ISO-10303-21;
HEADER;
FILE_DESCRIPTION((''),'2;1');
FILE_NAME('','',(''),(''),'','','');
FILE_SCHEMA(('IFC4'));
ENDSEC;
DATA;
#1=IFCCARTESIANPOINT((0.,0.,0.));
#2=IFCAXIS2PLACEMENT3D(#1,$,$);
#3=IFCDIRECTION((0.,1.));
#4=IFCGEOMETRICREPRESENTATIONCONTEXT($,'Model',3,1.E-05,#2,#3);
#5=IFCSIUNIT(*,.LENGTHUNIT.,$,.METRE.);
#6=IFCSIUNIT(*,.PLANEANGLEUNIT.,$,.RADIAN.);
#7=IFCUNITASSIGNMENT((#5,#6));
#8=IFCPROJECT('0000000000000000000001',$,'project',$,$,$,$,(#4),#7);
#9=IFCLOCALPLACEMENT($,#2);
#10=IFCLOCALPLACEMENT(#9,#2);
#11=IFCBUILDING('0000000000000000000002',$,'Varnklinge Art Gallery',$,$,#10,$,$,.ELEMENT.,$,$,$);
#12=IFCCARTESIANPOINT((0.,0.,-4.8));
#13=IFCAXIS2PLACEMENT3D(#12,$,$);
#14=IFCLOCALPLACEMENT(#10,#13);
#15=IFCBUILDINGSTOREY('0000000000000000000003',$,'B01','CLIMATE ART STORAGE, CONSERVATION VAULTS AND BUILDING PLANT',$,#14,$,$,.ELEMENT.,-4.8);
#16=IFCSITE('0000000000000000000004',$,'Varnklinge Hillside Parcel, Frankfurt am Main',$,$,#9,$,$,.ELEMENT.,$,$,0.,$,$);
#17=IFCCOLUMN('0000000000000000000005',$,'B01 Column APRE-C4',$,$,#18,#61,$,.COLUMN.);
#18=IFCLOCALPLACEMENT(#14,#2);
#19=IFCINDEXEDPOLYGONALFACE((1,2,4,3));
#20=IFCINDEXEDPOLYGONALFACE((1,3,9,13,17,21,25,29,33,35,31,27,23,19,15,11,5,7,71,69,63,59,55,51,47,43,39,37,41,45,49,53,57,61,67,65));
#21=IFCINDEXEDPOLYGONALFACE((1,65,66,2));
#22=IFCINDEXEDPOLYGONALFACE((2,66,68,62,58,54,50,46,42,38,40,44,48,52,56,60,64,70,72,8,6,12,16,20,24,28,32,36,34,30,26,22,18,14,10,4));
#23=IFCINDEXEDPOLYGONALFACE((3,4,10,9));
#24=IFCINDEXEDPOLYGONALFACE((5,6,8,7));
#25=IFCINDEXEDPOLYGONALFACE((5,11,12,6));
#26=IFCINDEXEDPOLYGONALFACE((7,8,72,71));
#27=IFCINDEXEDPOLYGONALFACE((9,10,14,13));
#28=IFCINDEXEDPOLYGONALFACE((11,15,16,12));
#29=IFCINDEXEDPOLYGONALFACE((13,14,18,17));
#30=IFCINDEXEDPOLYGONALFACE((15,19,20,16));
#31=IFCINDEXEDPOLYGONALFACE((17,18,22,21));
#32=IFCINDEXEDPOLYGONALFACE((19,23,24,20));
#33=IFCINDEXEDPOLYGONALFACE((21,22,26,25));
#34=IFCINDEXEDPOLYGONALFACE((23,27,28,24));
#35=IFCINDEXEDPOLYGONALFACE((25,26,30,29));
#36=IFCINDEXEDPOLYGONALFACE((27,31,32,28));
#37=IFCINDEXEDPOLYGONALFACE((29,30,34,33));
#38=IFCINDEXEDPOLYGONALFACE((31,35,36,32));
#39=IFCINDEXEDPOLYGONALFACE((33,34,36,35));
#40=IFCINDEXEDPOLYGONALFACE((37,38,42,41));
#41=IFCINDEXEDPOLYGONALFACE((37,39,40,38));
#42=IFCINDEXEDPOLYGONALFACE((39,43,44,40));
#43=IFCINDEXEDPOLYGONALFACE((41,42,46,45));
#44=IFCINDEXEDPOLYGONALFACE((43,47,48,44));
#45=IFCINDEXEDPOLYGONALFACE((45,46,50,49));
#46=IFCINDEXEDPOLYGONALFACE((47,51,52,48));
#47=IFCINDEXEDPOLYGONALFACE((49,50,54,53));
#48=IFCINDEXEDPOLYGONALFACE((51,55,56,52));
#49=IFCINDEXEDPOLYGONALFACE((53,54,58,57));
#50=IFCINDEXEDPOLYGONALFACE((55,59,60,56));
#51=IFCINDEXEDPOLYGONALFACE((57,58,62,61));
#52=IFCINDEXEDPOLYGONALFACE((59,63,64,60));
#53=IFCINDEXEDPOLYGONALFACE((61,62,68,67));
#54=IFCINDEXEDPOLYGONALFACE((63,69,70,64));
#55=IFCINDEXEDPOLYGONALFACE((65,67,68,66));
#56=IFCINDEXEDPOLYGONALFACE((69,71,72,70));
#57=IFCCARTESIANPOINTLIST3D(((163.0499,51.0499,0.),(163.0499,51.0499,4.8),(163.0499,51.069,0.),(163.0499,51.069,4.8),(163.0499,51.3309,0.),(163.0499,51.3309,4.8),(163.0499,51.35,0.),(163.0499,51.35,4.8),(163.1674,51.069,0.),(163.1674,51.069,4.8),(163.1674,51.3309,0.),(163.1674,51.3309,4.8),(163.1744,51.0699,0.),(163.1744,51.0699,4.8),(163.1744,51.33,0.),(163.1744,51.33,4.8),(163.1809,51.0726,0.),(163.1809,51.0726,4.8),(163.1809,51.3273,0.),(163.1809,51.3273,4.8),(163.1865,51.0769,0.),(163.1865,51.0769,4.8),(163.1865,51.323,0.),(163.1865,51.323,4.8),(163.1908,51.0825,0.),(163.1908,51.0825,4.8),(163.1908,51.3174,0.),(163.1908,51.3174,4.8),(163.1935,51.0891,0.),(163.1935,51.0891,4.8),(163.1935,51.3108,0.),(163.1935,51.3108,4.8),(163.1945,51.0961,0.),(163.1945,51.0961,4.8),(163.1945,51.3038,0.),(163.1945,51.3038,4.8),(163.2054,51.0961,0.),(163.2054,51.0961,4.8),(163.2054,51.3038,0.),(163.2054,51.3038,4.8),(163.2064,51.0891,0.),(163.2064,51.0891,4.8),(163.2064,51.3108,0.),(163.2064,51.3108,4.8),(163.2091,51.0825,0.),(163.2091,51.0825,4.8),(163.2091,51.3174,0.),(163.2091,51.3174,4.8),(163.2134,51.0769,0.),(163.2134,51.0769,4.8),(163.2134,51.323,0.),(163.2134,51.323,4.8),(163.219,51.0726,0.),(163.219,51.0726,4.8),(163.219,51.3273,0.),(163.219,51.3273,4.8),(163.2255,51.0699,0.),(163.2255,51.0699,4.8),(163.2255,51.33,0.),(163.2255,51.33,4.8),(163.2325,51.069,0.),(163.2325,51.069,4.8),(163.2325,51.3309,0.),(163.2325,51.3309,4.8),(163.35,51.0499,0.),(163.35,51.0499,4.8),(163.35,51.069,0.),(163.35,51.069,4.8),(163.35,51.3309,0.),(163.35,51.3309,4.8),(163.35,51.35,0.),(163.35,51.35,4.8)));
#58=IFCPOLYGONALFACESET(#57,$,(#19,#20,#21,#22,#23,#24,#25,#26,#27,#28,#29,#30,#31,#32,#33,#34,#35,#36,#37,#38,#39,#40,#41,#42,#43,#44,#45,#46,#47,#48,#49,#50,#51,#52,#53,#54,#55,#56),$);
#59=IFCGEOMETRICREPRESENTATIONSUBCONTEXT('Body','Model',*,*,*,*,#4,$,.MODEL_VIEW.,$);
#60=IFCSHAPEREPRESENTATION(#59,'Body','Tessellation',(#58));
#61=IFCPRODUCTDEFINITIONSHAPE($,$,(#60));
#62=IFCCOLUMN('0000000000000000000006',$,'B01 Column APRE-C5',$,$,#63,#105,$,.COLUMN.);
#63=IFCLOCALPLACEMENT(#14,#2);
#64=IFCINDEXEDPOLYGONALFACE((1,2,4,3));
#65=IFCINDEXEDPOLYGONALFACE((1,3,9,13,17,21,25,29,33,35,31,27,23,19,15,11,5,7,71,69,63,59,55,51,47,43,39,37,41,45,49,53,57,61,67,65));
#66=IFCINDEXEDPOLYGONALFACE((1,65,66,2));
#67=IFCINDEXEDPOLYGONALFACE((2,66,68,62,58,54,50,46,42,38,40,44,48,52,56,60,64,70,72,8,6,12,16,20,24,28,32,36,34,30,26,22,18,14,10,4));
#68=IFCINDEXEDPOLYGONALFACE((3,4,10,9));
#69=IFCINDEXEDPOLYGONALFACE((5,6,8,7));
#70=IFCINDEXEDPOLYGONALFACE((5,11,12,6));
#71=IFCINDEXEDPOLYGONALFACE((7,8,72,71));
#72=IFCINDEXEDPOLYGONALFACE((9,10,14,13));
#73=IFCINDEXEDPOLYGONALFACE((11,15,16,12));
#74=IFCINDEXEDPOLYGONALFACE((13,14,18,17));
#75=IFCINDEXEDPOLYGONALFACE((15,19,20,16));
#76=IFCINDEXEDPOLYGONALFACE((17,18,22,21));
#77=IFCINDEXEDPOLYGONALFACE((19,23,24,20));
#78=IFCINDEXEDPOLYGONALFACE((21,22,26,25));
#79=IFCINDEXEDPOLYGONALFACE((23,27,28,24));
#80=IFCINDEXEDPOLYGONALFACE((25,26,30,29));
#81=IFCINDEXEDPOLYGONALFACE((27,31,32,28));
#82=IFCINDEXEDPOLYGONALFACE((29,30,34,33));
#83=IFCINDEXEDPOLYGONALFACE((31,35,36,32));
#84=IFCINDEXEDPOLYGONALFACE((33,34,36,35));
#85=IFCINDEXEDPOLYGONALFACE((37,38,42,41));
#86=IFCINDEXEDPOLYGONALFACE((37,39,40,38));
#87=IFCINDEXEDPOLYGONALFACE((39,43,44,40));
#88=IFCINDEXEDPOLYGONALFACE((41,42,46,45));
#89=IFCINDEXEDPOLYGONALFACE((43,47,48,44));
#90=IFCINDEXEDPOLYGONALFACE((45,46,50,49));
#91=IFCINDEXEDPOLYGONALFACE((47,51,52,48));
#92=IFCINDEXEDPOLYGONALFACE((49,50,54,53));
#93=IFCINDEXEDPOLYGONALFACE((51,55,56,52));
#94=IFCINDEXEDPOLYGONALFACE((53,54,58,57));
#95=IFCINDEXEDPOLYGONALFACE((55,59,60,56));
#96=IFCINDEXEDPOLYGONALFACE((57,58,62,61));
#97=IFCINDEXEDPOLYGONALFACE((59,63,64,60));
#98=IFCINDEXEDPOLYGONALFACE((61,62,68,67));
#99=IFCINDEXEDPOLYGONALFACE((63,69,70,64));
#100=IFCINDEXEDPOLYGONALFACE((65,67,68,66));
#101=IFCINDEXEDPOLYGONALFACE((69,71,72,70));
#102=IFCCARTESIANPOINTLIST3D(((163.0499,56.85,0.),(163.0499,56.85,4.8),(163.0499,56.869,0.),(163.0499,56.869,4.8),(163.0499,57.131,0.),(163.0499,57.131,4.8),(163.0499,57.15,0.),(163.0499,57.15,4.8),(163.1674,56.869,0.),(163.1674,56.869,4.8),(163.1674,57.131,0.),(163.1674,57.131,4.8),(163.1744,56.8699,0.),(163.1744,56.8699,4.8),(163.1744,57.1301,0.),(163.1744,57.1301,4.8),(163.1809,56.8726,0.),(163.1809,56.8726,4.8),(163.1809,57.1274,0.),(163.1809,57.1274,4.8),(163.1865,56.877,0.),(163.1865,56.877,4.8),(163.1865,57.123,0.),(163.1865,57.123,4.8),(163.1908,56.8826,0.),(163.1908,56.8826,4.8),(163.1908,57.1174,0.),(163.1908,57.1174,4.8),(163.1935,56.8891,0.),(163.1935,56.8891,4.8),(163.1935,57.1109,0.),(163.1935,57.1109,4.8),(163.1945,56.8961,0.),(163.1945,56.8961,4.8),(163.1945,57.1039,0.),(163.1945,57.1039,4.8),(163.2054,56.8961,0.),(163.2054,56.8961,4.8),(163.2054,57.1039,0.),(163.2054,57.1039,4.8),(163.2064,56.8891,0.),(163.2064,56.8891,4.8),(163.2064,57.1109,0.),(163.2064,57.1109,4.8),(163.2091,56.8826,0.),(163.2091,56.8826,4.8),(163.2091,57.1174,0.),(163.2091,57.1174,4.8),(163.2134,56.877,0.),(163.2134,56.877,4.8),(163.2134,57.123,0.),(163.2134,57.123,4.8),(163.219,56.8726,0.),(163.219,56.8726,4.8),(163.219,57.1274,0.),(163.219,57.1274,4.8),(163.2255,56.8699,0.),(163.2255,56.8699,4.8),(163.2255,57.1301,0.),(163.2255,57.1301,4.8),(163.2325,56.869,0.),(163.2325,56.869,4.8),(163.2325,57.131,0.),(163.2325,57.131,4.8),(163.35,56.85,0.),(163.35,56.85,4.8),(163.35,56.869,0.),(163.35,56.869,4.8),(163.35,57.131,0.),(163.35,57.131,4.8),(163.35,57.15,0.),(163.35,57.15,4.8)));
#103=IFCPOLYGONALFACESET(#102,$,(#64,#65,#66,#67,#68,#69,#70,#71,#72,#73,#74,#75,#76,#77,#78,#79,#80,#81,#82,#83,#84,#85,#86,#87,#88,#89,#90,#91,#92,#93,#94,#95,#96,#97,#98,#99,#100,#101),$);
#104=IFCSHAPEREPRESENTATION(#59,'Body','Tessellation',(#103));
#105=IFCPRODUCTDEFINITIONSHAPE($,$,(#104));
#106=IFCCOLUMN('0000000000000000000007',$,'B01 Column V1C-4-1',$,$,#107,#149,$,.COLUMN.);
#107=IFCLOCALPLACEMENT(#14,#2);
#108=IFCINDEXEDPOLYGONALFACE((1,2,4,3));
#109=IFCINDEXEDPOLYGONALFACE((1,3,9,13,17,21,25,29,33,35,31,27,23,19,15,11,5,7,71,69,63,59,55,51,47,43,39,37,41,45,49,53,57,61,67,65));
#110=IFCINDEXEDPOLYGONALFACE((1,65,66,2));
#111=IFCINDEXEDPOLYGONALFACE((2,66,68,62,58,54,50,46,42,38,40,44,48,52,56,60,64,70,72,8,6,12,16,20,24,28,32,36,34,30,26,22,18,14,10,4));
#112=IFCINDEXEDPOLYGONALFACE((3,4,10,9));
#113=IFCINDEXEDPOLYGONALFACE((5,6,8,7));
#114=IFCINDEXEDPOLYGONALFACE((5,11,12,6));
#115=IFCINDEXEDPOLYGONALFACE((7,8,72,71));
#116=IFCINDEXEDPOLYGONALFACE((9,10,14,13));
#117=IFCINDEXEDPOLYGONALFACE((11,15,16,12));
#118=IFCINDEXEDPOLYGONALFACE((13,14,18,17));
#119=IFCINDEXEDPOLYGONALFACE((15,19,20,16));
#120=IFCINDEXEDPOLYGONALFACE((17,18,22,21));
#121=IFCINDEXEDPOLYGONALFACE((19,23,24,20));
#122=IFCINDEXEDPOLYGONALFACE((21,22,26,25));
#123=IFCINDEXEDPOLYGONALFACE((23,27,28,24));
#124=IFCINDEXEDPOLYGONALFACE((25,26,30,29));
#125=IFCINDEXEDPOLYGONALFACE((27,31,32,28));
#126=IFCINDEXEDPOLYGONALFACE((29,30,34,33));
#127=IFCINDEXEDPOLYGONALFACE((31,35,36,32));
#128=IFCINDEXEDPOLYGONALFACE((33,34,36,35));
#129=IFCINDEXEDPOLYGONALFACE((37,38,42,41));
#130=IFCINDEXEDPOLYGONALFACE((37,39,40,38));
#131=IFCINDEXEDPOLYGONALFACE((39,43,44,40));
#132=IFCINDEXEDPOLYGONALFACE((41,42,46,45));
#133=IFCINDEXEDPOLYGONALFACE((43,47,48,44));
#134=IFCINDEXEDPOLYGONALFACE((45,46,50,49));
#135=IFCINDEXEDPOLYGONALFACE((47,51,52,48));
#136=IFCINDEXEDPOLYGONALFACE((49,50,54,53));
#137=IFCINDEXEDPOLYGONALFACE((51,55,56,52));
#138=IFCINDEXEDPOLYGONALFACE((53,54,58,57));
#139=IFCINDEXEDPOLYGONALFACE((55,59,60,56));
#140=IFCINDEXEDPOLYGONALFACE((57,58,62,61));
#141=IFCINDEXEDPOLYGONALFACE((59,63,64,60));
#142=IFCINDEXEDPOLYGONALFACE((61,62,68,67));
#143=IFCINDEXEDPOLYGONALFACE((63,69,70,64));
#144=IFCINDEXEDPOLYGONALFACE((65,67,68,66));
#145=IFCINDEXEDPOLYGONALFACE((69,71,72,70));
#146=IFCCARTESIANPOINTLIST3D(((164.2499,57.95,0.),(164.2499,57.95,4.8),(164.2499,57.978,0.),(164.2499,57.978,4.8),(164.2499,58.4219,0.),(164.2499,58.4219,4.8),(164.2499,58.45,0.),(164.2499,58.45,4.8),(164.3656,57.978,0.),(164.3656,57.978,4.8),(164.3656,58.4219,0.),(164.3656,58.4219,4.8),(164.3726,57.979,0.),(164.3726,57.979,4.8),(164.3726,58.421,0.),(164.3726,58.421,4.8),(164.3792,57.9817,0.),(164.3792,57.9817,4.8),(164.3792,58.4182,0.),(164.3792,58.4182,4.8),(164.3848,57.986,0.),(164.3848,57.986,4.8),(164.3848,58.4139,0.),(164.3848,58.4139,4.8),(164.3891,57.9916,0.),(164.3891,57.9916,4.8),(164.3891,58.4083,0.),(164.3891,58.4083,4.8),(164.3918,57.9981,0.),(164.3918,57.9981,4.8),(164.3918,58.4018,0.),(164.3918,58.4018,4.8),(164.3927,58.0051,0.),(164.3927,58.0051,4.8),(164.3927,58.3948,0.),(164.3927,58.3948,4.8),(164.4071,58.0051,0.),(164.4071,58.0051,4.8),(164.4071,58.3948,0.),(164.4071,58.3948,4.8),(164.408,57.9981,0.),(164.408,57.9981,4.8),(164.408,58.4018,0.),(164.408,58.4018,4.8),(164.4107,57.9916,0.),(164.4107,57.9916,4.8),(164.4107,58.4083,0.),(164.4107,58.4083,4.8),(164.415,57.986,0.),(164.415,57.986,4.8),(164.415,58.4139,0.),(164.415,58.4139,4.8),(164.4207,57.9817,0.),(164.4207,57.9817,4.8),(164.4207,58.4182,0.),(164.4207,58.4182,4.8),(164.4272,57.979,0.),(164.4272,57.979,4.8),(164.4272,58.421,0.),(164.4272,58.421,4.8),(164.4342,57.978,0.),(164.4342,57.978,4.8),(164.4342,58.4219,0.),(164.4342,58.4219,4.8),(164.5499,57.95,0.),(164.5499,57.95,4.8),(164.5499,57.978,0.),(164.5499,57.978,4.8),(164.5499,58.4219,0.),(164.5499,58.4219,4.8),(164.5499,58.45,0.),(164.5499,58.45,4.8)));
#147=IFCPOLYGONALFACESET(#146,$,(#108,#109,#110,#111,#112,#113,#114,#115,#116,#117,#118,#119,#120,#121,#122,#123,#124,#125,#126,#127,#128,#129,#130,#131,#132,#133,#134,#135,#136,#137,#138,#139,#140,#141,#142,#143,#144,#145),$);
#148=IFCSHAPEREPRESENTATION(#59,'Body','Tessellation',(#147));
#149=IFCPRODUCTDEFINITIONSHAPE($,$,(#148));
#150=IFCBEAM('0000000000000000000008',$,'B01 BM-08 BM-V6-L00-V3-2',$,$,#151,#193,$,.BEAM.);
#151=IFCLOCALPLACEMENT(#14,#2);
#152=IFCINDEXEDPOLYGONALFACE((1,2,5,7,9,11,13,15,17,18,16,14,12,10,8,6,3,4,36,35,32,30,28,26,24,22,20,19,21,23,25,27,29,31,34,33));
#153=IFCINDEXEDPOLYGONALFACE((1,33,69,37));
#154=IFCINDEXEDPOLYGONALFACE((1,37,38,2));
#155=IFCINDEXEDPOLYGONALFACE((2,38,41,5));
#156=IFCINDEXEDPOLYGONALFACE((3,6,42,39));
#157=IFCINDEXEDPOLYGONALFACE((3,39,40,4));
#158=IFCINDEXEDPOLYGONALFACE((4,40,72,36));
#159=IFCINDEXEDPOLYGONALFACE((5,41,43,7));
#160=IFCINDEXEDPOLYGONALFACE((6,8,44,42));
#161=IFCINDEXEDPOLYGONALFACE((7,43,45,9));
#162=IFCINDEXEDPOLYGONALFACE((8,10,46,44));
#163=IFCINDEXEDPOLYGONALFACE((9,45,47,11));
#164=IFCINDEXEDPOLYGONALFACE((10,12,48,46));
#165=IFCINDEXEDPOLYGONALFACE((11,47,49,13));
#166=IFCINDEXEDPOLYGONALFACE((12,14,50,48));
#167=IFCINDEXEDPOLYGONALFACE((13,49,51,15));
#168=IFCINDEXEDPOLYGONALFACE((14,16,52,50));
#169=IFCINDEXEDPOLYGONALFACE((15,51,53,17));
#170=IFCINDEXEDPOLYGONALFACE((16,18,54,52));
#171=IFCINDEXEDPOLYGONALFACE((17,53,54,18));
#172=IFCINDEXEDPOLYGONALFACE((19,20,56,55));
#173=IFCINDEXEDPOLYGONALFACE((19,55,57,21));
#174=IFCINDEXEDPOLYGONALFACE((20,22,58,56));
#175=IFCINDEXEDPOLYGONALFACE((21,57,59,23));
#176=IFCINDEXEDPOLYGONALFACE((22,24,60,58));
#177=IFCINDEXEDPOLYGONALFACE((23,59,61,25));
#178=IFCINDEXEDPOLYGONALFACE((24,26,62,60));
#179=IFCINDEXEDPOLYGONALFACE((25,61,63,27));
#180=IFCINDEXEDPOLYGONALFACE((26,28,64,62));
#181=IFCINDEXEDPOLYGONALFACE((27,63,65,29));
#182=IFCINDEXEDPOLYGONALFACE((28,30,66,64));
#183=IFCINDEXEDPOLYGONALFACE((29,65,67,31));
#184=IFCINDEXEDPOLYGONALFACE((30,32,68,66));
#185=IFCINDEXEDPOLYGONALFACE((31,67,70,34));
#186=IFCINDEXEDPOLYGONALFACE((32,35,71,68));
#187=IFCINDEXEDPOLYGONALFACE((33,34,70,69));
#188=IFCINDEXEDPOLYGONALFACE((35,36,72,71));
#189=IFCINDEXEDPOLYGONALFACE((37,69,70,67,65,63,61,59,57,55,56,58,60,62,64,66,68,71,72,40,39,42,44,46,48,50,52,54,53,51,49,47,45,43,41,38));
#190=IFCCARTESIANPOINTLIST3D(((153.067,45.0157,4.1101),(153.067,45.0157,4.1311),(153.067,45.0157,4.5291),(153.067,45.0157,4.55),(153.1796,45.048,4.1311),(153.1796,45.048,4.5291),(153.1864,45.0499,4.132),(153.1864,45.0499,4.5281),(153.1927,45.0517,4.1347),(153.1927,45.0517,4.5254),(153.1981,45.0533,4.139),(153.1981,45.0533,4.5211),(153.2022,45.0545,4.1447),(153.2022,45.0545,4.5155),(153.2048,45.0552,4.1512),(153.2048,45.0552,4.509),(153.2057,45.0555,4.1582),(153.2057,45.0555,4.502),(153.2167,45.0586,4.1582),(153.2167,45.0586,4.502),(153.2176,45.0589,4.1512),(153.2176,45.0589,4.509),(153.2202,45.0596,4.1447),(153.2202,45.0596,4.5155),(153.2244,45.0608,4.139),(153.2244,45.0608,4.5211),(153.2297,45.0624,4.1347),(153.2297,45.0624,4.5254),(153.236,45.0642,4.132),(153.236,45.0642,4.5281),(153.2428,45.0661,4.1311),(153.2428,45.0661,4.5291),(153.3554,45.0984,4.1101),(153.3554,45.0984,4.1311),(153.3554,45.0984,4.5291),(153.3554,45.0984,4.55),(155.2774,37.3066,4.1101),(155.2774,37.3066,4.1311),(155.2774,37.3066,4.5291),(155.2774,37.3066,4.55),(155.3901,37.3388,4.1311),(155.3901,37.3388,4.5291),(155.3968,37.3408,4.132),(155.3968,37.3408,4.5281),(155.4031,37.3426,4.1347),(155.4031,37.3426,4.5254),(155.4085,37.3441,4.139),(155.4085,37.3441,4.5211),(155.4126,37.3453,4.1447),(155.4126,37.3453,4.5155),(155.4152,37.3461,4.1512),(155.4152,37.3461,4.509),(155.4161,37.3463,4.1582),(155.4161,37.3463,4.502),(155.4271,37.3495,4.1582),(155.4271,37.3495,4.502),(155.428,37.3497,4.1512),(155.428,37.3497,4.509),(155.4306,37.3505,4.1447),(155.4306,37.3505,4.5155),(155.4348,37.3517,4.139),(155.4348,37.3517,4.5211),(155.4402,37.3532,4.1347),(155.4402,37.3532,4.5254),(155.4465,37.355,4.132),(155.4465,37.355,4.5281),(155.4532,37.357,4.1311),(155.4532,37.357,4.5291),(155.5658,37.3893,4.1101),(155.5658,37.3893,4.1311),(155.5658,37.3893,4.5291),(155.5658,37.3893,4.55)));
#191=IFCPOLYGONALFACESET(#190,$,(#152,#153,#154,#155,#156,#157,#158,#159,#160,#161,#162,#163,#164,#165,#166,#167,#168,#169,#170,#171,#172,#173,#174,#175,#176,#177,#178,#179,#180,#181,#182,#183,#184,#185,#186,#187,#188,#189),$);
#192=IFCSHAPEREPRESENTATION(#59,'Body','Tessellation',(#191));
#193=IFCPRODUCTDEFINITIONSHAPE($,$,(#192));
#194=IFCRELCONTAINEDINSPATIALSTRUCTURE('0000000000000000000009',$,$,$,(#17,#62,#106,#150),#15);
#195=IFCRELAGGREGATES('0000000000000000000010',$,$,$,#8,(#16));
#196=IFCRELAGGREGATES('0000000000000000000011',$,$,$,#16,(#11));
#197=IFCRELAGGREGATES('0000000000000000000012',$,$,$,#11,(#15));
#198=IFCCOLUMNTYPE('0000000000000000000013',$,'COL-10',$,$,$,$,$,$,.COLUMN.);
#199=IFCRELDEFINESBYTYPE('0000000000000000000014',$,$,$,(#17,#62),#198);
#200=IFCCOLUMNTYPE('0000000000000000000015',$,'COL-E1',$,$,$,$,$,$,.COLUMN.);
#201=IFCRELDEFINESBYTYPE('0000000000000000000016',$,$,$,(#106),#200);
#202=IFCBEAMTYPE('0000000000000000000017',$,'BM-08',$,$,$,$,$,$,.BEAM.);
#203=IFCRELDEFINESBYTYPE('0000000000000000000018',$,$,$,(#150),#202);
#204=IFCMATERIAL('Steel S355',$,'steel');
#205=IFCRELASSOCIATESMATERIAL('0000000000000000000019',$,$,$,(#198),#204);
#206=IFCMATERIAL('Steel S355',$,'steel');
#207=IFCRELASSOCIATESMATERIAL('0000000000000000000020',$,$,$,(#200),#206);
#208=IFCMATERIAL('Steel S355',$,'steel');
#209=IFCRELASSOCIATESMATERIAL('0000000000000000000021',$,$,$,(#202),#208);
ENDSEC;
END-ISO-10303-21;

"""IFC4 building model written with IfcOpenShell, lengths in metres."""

from ifc_helpers import new_model, si_unit, direction, frame, origin, origin_2d, place, context, subcontext, project, spatial, i_section, extrude, material, material_profile, profile_set, type_object, element, save


model = new_model("IFC4")

# Units and contexts
model_context = context("Model", 3, precision=1e-05, world=origin(), true_north=direction((0.0, 1.0)))
body_context = subcontext(model_context, "Body", "Model", "MODEL_VIEW")
ifc_project = project(units=[si_unit("LENGTHUNIT", "METRE"), si_unit("PLANEANGLEUNIT", "RADIAN")], contexts=[model_context])

# Site, building, storey
site_placement = place(None, origin())
site = spatial("IfcSite", under=ifc_project, at=site_placement, Name="Varnklinge Hillside Parcel, Frankfurt am Main", CompositionType="ELEMENT", RefElevation=0.0)
building_placement = place(site_placement, origin())
building = spatial("IfcBuilding", under=site, at=building_placement, Name="Varnklinge Art Gallery", CompositionType="ELEMENT")
storey_placement = place(building_placement, frame((0.0, 0.0, -4.8)))
storey = spatial("IfcBuildingStorey", under=building, at=storey_placement, Name="B01", Description="CLIMATE ART STORAGE, CONSERVATION VAULTS AND BUILDING PLANT", CompositionType="ELEMENT", Elevation=-4.8)

# Columns
ifc_material_1 = material(Name="Steel S355", Category="steel")
ifc_material_profile_1 = material_profile(ifc_material_1, i_section(OverallWidth=0.3, OverallDepth=0.3, WebThickness=0.011, FlangeThickness=0.019, FilletRadius=0.0271, at=origin_2d()), Name="HEB 300")
ifc_profile_set_1 = profile_set([ifc_material_profile_1], Name="Steel S355")
column_type_1 = type_object("IfcColumnType", Name="COL-10", PredefinedType="COLUMN", material=ifc_profile_set_1)
for number, where, z_axis, x_axis, name in (
    (1, (163.2, 51.2, 0.0), (0.0, 0.0, 1.0), (1.0, 0.0, 0.0), "B01 Column APRE-C4"),
    (2, (163.2, 57.0, 0.0), (0.0, 0.0, 1.0), (1.0, 0.0, 0.0), "B01 Column APRE-C5"),
):
    element("IfcColumn", number, at=place(storey_placement, frame(where, z_axis=z_axis, x_axis=x_axis)), inside=storey, type_object=column_type_1, Name=name, PredefinedType="COLUMN", context=body_context, shape_type="SweptSolid", body=[
        extrude(i_section(OverallWidth=0.3, OverallDepth=0.3, WebThickness=0.011, FlangeThickness=0.019, FilletRadius=0.0271, at=origin_2d()), origin(), (0.0, 0.0, 1.0), 4.8),
    ])
ifc_material_2 = material(Name="Steel S355", Category="steel")
ifc_material_profile_2 = material_profile(ifc_material_2, i_section(OverallWidth=0.3, OverallDepth=0.5, WebThickness=0.0144, FlangeThickness=0.0281, FilletRadius=0.0271, at=origin_2d()), Name="HEB 500")
ifc_profile_set_2 = profile_set([ifc_material_profile_2], Name="Steel S355")
column_type_2 = type_object("IfcColumnType", Name="COL-E1", PredefinedType="COLUMN", material=ifc_profile_set_2)
column_1_placement = place(storey_placement, frame((164.3999, 58.2, 0.0), z_axis=(0.0, 0.0, 1.0), x_axis=(1.0, 0.0, 0.0)))
element("IfcColumn", 3, at=column_1_placement, inside=storey, type_object=column_type_2, Name="B01 Column V1C-4-1", PredefinedType="COLUMN", context=body_context, shape_type="SweptSolid", body=[
    extrude(i_section(OverallWidth=0.3, OverallDepth=0.5, WebThickness=0.0144, FlangeThickness=0.0281, FilletRadius=0.0271, at=origin_2d()), origin(), (0.0, 0.0, 1.0), 4.8),
])

# Beam
ifc_material_3 = material(Name="Steel S355", Category="steel")
ifc_material_profile_3 = material_profile(ifc_material_3, i_section(OverallWidth=0.3, OverallDepth=0.4399, WebThickness=0.0115, FlangeThickness=0.021, FilletRadius=0.0271, at=origin_2d()), Name="HEA 450")
ifc_profile_set_3 = profile_set([ifc_material_profile_3], Name="Steel S355")
beam_type_1 = type_object("IfcBeamType", Name="BM-08", PredefinedType="BEAM", material=ifc_profile_set_3)
beam_1_placement = place(storey_placement, frame((155.4216, 37.3479, 4.3301), z_axis=(-0.275622, 0.961266, 0.0), x_axis=(-0.961266, -0.275622, 0.0)))
element("IfcBeam", 4, at=beam_1_placement, inside=storey, type_object=beam_type_1, Name="B01 BM-08 BM-V6-L00-V3-2", PredefinedType="BEAM", context=body_context, shape_type="SweptSolid", body=[
    extrude(i_section(OverallWidth=0.3, OverallDepth=0.4399, WebThickness=0.0115, FlangeThickness=0.021, FilletRadius=0.0271, at=origin_2d()), origin(), (0.0, 0.0, 1.0), 8.0198),
])

save(model, "model.ifc")
